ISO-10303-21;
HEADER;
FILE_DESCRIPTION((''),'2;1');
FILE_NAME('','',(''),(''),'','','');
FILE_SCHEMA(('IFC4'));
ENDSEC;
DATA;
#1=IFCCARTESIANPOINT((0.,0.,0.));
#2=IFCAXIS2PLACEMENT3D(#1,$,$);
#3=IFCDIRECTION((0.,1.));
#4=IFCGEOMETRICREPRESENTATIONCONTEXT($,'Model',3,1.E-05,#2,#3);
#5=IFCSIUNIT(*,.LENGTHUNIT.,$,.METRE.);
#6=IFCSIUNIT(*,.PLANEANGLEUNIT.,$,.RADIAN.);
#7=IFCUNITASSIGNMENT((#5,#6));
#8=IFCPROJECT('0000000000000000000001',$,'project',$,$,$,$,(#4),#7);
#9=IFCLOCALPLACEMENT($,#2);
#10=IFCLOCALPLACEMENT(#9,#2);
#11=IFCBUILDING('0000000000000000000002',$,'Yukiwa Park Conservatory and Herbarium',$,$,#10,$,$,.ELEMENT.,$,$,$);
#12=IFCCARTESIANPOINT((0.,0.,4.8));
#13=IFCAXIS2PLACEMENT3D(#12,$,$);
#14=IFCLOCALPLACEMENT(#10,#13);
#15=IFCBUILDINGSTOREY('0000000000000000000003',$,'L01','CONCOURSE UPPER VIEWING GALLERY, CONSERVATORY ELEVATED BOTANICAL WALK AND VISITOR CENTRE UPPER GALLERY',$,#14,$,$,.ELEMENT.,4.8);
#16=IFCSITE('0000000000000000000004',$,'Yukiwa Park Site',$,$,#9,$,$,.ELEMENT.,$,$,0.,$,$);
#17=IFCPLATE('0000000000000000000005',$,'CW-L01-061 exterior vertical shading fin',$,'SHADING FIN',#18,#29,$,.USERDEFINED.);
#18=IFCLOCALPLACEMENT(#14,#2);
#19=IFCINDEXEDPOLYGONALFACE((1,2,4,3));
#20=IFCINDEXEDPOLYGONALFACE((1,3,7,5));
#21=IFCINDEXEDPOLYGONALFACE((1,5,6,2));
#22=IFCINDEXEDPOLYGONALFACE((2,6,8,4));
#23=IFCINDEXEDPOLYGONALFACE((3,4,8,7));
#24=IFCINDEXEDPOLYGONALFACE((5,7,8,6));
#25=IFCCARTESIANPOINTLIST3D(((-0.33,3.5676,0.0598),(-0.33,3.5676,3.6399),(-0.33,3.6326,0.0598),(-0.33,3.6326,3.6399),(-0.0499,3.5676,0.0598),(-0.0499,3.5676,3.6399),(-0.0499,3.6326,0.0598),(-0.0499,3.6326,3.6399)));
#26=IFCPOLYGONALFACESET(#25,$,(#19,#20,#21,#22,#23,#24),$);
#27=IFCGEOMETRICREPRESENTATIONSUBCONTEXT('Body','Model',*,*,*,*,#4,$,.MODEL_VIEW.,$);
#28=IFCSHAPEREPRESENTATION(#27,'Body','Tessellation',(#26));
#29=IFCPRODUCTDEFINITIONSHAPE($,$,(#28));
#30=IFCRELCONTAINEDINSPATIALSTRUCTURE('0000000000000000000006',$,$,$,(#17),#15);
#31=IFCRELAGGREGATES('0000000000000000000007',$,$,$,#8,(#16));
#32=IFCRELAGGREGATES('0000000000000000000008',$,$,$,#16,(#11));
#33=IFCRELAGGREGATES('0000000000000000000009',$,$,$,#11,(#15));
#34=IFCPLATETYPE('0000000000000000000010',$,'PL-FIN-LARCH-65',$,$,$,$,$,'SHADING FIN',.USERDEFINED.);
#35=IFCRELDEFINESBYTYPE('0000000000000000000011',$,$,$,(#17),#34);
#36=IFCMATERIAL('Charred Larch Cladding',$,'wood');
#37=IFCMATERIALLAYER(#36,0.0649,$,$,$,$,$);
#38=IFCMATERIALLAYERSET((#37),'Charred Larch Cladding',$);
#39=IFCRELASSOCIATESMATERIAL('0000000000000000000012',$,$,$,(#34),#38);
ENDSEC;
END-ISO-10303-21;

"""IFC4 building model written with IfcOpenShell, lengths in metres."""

from ifc_helpers import new_model, si_unit, direction, frame, origin, origin_2d, place, context, subcontext, project, spatial, rectangle, extrude, material, layer, layer_set, type_object, element, save


model = new_model("IFC4")

# Units and contexts
model_context = context("Model", 3, precision=1e-05, world=origin(), true_north=direction((0.0, 1.0)))
body_context = subcontext(model_context, "Body", "Model", "MODEL_VIEW")
ifc_project = project(units=[si_unit("LENGTHUNIT", "METRE"), si_unit("PLANEANGLEUNIT", "RADIAN")], contexts=[model_context])

# Site, building, storey
site_placement = place(None, origin())
site = spatial("IfcSite", under=ifc_project, at=site_placement, Name="Yukiwa Park Site", CompositionType="ELEMENT", RefElevation=0.0)
building_placement = place(site_placement, origin())
building = spatial("IfcBuilding", under=site, at=building_placement, Name="Yukiwa Park Conservatory and Herbarium", CompositionType="ELEMENT")
storey_placement = place(building_placement, frame((0.0, 0.0, 4.8)))
storey = spatial("IfcBuildingStorey", under=building, at=storey_placement, Name="L01", Description="CONCOURSE UPPER VIEWING GALLERY, CONSERVATORY ELEVATED BOTANICAL WALK AND VISITOR CENTRE UPPER GALLERY", CompositionType="ELEMENT", Elevation=4.8)

# Plate
ifc_material_1 = material(Name="Charred Larch Cladding", Category="wood")
ifc_layer_1 = layer(ifc_material_1, 0.0649)
ifc_layer_set_1 = layer_set([ifc_layer_1], Name="Charred Larch Cladding")
plate_type_1 = type_object("IfcPlateType", Name="PL-FIN-LARCH-65", ElementType="SHADING FIN", PredefinedType="USERDEFINED", material=ifc_layer_set_1)
plate_1_placement = place(storey_placement, frame((-0.1899, 3.6001, 0.0598), z_axis=(0.0, 0.0, 1.0), x_axis=(0.0, -1.0, 0.0)))
element("IfcPlate", 1, at=plate_1_placement, inside=storey, type_object=plate_type_1, Name="CW-L01-061 exterior vertical shading fin", ObjectType="SHADING FIN", PredefinedType="USERDEFINED", context=body_context, shape_type="SweptSolid", body=[
    extrude(rectangle(XDim=0.0649, YDim=0.28, at=origin_2d()), origin(), (0.0, 0.0, 1.0), 3.5801),
])

save(model, "model.ifc")
